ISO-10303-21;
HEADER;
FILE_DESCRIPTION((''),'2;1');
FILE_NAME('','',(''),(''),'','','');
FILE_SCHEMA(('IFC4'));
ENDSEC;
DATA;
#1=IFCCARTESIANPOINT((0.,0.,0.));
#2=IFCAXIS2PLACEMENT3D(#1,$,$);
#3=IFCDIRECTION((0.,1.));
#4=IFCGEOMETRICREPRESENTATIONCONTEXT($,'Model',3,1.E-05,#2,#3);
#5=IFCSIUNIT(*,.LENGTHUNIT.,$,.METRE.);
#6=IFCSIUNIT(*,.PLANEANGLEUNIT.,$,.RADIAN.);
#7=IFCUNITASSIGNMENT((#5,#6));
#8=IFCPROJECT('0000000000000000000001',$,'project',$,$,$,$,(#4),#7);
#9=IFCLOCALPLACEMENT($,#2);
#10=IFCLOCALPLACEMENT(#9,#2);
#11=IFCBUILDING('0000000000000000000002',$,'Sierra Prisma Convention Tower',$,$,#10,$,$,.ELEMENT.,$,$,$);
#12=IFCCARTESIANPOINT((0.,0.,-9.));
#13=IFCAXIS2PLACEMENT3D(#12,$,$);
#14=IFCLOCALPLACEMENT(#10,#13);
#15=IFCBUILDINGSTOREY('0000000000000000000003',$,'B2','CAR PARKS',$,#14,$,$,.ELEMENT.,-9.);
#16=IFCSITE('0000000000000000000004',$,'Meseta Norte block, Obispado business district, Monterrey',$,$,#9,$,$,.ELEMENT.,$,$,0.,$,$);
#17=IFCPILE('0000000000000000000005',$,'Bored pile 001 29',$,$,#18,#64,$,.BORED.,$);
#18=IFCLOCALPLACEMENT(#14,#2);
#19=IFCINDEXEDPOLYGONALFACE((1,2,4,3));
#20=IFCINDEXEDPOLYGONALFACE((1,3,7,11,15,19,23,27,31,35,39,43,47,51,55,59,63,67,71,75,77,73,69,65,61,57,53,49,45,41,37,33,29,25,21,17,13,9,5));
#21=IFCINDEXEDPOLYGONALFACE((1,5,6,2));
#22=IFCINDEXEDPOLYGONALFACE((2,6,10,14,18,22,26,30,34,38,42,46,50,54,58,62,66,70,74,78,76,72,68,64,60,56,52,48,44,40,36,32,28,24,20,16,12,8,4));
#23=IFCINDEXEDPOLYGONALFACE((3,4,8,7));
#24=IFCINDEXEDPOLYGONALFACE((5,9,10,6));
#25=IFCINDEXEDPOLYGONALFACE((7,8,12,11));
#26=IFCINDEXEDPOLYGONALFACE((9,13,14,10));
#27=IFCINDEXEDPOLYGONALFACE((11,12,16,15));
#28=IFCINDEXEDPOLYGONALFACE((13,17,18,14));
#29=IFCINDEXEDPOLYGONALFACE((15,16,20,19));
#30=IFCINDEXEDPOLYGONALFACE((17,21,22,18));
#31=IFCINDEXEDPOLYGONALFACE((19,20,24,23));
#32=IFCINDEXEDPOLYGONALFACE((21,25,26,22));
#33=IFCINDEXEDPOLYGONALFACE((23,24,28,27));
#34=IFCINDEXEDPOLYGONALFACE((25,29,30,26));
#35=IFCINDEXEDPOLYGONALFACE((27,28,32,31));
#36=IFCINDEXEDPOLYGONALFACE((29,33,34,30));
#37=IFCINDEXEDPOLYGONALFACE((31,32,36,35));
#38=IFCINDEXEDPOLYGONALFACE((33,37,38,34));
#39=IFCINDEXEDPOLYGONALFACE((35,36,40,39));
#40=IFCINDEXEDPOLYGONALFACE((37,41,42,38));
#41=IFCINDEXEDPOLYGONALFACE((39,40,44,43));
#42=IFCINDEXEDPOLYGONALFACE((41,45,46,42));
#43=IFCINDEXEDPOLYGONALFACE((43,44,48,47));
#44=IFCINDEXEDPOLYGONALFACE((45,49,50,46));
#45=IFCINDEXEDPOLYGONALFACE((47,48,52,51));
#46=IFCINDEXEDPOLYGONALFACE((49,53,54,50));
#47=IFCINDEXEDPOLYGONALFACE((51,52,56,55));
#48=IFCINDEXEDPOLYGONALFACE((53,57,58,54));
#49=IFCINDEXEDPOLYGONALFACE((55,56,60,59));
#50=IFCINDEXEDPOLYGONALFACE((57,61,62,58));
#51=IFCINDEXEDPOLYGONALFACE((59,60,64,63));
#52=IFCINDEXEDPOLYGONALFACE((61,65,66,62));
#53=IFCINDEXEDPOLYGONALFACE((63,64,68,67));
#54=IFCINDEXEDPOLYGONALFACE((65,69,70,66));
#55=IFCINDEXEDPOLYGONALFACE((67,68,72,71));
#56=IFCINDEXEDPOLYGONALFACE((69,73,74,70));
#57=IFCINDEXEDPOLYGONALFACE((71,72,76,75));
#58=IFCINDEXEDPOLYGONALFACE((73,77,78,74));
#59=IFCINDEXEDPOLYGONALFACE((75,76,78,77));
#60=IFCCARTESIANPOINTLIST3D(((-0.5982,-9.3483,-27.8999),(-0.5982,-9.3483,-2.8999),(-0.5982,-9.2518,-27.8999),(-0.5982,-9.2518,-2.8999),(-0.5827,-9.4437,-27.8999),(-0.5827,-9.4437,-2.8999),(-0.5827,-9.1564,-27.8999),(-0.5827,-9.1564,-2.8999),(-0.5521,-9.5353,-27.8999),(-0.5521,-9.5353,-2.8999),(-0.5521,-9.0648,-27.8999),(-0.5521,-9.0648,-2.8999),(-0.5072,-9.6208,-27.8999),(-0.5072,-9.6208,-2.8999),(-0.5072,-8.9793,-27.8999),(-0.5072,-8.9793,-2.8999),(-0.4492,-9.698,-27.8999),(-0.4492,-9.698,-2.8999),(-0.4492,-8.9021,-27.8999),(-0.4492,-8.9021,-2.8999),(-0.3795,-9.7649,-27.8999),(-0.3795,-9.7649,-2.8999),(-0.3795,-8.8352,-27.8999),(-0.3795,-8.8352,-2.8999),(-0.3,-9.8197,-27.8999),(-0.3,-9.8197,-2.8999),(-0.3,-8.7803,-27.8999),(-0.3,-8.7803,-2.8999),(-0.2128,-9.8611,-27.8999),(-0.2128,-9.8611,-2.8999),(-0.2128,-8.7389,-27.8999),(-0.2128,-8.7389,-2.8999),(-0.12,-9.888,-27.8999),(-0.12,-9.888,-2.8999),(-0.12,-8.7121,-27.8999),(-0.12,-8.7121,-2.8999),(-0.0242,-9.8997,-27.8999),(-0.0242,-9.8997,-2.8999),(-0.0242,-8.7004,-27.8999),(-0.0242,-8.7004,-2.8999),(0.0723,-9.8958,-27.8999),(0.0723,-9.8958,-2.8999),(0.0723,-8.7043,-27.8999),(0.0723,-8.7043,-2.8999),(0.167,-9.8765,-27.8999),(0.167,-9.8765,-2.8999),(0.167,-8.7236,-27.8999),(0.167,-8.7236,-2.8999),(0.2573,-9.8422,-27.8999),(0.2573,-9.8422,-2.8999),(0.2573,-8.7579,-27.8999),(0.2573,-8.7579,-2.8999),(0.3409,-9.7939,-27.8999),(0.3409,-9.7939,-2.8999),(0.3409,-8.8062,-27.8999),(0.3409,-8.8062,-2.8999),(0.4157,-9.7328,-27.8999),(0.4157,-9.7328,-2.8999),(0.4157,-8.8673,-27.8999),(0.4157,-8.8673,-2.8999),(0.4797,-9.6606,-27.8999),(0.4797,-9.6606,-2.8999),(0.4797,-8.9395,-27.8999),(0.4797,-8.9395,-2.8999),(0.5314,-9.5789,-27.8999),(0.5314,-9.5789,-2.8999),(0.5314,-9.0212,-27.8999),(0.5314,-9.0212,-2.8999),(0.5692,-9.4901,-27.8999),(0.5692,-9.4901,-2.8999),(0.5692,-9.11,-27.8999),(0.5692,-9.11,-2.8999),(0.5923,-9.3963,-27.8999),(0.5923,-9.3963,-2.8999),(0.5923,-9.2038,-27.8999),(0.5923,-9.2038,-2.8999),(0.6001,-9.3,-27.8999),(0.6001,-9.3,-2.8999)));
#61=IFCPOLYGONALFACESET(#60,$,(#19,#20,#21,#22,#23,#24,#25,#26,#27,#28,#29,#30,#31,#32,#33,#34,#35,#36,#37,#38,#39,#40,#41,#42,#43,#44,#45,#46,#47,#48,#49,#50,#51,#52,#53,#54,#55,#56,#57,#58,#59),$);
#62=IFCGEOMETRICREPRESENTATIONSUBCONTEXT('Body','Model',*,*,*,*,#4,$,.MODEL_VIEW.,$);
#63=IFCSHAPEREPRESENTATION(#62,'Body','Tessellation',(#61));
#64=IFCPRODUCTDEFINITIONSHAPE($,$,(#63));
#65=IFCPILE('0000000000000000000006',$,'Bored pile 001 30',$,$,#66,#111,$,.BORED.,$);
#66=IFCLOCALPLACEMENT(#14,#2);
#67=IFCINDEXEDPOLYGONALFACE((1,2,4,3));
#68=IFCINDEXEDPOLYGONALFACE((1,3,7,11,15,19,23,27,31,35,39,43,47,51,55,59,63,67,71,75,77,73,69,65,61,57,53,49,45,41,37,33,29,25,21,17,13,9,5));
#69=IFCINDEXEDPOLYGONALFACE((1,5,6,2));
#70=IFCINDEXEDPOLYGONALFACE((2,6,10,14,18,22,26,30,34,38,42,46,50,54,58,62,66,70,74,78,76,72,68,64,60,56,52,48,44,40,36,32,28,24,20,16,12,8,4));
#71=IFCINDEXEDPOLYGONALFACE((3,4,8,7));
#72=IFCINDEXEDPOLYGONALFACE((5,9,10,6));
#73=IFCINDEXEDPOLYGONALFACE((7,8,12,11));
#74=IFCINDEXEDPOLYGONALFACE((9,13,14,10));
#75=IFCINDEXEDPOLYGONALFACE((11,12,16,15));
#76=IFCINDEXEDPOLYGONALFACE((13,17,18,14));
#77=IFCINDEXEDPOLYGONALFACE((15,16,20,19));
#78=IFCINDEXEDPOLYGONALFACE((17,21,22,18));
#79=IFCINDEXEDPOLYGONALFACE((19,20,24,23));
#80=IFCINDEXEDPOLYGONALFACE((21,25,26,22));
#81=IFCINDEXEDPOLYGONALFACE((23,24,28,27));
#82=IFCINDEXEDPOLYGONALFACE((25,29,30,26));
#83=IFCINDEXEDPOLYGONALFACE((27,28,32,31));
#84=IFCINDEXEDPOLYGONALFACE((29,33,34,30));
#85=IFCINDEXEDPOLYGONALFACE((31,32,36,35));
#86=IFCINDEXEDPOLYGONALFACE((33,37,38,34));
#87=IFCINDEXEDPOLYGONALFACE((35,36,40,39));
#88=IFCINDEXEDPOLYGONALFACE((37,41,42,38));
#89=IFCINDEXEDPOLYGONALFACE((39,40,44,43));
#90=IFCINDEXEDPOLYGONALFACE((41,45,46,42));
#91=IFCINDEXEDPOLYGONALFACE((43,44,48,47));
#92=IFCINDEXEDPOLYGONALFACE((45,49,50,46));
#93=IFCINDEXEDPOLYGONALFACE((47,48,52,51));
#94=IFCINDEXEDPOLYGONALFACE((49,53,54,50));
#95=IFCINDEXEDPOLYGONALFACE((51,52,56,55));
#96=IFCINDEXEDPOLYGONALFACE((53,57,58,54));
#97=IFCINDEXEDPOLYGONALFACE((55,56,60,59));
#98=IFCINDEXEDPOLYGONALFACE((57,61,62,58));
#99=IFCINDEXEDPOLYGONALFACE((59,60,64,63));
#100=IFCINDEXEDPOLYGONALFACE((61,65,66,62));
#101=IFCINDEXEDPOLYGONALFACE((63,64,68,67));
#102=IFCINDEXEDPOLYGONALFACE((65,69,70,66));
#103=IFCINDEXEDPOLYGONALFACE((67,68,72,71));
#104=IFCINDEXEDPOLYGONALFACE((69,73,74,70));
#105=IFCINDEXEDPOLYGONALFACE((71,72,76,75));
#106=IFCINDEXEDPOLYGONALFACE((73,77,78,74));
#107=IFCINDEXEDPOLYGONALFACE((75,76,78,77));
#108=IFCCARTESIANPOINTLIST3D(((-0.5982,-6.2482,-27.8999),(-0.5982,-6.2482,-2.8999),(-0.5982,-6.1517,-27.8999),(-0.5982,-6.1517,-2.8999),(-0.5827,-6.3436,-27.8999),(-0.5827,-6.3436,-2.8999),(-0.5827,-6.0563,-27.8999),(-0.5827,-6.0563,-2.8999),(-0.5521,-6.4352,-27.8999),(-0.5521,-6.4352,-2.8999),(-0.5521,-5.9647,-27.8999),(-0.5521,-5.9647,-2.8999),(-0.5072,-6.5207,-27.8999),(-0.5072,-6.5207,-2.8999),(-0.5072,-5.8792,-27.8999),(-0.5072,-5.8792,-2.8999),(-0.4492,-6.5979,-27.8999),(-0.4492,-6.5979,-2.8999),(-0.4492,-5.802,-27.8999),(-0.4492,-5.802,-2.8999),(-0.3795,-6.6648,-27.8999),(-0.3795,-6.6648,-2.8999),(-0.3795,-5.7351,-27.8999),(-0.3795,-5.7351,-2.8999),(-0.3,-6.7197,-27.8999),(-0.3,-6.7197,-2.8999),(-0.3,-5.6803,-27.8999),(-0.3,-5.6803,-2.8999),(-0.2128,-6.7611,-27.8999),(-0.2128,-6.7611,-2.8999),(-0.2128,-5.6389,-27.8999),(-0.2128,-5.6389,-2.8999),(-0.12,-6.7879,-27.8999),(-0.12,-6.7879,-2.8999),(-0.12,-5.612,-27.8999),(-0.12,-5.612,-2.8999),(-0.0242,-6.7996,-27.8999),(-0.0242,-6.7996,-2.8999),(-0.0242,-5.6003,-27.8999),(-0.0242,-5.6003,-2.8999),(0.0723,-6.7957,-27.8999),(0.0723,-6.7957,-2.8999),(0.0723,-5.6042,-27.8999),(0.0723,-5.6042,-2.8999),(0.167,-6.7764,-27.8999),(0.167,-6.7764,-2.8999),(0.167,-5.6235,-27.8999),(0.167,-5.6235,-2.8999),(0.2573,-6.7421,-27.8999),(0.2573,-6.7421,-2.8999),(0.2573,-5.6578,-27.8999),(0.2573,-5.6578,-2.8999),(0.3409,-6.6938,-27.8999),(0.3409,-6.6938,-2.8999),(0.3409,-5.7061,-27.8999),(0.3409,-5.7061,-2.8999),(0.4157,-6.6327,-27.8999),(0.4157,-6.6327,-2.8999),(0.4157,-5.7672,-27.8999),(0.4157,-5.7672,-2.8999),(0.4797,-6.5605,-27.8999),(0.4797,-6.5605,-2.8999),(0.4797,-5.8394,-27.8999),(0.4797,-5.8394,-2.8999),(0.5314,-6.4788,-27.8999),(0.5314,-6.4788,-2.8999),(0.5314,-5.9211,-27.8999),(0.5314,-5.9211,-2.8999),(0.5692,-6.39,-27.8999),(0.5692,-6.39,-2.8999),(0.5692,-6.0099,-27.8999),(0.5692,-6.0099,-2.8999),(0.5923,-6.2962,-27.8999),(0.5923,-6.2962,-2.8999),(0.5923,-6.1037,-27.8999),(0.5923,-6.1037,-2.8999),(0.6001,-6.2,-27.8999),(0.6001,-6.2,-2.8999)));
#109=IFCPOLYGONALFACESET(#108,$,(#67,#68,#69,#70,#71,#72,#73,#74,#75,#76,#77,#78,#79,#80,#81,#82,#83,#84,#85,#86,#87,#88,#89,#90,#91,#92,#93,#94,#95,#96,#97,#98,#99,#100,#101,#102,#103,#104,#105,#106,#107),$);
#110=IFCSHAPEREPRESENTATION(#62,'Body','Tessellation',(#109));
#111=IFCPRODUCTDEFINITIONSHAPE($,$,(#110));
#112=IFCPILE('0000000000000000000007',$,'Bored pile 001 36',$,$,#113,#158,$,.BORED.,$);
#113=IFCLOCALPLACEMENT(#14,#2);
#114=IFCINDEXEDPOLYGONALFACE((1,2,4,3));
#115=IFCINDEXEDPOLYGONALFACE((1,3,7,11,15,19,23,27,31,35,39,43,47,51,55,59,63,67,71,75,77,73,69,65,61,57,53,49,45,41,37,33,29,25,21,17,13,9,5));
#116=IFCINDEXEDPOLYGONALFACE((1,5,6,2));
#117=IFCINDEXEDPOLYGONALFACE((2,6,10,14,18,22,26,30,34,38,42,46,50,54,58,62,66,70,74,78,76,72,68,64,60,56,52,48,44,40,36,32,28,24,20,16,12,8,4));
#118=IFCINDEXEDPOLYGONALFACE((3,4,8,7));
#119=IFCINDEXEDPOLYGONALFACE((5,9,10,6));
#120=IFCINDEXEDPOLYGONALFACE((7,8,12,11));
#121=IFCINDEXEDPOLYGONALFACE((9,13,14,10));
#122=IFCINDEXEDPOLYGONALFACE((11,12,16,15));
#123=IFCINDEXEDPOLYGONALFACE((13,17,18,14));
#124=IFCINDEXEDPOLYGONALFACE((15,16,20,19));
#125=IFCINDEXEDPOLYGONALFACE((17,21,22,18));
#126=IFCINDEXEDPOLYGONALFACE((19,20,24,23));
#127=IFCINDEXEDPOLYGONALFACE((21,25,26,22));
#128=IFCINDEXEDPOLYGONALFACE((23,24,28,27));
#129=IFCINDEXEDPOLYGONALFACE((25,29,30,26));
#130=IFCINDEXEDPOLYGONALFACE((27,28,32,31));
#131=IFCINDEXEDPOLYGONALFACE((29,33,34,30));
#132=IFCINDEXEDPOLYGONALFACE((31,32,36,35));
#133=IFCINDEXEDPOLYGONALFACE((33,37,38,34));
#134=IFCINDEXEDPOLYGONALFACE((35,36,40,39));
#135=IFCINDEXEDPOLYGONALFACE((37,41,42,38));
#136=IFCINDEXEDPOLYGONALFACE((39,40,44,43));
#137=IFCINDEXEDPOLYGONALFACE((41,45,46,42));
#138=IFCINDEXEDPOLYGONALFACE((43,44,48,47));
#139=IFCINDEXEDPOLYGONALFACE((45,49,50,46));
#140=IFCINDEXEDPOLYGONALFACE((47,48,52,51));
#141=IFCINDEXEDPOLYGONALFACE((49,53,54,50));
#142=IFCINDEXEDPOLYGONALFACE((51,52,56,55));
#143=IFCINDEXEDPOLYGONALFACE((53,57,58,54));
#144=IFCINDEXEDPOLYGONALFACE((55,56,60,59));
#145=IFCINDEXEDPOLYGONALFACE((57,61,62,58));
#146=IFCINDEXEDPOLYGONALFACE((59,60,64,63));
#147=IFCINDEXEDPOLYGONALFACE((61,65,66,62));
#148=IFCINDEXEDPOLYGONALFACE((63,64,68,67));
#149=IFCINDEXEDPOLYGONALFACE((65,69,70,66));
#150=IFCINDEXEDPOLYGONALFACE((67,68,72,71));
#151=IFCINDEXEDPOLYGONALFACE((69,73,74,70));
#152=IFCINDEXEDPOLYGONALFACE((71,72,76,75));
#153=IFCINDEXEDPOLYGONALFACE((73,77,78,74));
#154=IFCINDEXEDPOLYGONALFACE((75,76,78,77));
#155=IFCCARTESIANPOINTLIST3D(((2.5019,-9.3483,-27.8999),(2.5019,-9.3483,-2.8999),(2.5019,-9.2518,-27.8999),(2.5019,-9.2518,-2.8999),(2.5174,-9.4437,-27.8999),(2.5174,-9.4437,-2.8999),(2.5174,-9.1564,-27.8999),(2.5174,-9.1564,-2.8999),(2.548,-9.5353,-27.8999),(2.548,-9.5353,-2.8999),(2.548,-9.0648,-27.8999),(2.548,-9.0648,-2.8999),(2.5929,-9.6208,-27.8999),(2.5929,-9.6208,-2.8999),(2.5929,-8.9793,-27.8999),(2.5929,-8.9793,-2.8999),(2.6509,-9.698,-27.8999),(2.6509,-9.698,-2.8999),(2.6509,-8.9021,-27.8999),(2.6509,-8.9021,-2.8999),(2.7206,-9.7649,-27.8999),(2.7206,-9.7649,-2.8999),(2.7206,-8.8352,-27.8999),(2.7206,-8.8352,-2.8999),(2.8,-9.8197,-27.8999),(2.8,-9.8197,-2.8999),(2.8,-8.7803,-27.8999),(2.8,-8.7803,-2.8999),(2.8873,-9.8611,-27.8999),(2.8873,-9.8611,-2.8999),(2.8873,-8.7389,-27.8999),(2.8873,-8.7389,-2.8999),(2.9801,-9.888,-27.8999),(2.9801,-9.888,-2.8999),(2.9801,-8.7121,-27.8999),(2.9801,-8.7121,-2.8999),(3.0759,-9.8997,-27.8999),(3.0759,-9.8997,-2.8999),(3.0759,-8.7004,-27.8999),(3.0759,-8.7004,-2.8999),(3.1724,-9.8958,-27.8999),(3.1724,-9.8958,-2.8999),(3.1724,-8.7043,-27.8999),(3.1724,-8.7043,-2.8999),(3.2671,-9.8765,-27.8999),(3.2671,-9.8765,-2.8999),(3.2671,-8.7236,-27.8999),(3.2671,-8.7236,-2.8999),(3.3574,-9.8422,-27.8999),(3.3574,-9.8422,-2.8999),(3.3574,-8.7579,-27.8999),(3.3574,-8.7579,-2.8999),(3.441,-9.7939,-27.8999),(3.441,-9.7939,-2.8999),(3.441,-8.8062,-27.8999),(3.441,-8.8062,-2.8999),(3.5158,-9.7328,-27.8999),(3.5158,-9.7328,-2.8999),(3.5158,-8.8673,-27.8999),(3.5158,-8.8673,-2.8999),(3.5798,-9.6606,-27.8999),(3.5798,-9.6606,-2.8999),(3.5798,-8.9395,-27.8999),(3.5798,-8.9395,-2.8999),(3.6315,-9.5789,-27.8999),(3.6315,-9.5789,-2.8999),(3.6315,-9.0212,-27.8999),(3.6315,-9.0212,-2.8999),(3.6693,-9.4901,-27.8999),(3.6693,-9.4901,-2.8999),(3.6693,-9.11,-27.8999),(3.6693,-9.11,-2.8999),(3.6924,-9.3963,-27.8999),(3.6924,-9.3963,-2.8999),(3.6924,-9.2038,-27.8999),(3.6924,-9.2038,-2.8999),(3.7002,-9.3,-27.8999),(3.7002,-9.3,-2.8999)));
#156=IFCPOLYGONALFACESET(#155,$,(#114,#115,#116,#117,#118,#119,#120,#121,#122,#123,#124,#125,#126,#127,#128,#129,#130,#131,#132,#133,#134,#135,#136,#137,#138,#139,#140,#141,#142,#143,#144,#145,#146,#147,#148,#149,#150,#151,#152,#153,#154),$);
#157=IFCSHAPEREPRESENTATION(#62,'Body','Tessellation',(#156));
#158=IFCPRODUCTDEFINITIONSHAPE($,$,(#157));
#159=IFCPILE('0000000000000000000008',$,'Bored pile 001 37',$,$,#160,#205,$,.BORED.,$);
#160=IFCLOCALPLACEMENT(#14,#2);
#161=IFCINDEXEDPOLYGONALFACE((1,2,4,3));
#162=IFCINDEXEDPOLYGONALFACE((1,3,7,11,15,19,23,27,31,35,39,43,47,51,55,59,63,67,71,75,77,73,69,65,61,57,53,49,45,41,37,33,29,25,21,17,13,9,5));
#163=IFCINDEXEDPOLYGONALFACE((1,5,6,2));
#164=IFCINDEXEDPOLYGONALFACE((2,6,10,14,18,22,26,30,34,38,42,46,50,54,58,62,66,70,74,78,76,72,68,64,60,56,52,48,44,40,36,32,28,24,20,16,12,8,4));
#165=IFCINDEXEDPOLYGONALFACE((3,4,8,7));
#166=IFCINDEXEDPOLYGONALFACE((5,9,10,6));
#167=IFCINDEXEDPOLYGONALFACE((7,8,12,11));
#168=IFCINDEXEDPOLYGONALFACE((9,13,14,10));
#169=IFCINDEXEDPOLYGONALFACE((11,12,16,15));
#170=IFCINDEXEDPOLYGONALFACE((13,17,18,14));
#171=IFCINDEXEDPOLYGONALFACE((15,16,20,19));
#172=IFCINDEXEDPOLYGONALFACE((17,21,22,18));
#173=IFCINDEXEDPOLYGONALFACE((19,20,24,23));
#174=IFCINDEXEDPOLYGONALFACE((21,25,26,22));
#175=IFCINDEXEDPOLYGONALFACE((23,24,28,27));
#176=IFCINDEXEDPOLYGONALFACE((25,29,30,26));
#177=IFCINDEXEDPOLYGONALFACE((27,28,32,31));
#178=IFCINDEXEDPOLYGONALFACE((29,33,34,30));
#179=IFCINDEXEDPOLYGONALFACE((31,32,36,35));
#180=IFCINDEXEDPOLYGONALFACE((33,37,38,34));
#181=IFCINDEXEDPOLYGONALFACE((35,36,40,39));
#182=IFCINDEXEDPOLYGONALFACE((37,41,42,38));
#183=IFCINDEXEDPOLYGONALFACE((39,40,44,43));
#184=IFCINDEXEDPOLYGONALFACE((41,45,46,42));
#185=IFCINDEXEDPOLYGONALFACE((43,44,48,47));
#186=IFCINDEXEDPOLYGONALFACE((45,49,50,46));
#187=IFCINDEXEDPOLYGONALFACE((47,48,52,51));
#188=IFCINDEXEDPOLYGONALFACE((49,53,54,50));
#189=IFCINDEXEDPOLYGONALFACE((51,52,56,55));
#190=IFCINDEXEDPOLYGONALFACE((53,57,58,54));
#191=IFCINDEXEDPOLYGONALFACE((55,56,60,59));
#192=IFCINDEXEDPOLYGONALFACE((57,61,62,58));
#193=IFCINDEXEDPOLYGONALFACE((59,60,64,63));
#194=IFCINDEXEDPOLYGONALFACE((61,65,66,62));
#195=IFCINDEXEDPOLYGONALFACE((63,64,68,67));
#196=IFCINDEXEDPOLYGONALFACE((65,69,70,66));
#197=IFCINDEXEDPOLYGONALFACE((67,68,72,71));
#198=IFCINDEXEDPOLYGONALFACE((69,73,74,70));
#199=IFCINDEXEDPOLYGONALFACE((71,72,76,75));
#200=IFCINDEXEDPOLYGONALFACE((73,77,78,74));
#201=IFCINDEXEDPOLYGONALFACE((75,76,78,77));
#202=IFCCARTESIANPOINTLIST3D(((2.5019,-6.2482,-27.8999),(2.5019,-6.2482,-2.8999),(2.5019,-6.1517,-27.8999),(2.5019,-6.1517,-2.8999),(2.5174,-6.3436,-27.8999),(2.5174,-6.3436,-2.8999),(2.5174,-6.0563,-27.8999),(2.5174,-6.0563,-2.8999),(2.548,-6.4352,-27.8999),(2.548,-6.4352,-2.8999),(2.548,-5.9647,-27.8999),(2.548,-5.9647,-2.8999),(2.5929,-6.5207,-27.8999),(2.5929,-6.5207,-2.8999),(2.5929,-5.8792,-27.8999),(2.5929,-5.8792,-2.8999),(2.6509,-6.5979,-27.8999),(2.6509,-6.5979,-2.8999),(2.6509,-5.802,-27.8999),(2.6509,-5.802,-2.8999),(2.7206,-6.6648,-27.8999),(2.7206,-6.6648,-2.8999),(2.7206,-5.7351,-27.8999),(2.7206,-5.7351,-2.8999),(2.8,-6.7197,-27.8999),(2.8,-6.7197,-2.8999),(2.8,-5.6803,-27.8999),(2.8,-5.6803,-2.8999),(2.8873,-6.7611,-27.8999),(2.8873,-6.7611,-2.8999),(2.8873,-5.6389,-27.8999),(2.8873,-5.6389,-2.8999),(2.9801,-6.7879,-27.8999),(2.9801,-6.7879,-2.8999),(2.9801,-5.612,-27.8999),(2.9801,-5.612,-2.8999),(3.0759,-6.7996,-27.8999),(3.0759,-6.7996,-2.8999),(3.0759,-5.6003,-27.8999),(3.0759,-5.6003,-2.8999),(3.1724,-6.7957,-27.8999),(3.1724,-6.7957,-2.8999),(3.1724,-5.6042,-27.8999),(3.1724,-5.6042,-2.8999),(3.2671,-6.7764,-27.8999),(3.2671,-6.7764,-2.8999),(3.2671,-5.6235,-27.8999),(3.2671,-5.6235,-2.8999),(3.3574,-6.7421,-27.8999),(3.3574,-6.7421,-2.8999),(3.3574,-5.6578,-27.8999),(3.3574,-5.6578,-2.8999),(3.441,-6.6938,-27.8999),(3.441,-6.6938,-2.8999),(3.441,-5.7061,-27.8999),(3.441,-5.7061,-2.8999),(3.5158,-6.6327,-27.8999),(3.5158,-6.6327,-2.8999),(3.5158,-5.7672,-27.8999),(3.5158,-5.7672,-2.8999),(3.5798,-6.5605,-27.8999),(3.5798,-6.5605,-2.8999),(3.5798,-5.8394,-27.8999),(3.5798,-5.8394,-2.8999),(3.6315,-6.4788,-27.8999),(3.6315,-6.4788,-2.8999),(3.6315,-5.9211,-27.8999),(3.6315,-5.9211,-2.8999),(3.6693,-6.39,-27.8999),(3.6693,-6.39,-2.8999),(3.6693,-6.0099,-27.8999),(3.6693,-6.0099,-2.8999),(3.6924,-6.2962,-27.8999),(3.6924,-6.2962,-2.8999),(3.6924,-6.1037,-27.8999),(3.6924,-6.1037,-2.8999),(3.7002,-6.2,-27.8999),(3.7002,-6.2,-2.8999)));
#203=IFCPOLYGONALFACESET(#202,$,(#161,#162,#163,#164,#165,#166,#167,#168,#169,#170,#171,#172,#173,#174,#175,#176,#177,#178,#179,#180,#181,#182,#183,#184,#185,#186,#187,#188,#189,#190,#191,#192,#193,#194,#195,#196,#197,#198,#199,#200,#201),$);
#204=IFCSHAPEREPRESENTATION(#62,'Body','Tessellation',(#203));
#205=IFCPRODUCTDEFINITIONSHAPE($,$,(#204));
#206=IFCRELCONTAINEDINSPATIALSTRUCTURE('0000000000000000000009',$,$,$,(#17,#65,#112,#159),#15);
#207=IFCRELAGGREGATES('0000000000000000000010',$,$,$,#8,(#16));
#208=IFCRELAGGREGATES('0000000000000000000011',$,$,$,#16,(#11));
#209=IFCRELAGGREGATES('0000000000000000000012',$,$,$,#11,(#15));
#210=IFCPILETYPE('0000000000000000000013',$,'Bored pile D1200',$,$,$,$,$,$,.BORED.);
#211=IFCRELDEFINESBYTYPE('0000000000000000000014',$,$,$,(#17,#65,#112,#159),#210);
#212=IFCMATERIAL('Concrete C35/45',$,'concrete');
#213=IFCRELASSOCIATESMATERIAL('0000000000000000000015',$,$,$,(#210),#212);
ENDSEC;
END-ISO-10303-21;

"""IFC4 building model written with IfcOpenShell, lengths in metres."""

from ifc_helpers import new_model, si_unit, direction, frame, origin, origin_2d, place, context, subcontext, project, spatial, circle, extrude, material, material_profile, profile_set, type_object, element, save


model = new_model("IFC4")

# Units and contexts
model_context = context("Model", 3, precision=1e-05, world=origin(), true_north=direction((0.0, 1.0)))
body_context = subcontext(model_context, "Body", "Model", "MODEL_VIEW")
ifc_project = project(units=[si_unit("LENGTHUNIT", "METRE"), si_unit("PLANEANGLEUNIT", "RADIAN")], contexts=[model_context])

# Site, building, storey
site_placement = place(None, origin())
site = spatial("IfcSite", under=ifc_project, at=site_placement, Name="Meseta Norte block, Obispado business district, Monterrey", CompositionType="ELEMENT", RefElevation=0.0)
building_placement = place(site_placement, origin())
building = spatial("IfcBuilding", under=site, at=building_placement, Name="Sierra Prisma Convention Tower", CompositionType="ELEMENT")
storey_placement = place(building_placement, frame((0.0, 0.0, -9.0)))
storey = spatial("IfcBuildingStorey", under=building, at=storey_placement, Name="B2", Description="CAR PARKS", CompositionType="ELEMENT", Elevation=-9.0)

# Piles
ifc_material_1 = material(Name="Concrete C35/45", Category="concrete")
ifc_material_profile = material_profile(ifc_material_1, circle(Radius=0.6001, at=origin_2d()), Name="D1200")
ifc_profile_set = profile_set([ifc_material_profile], Name="Concrete C35/45")
pile_type = type_object("IfcPileType", Name="Bored pile D1200", PredefinedType="BORED", material=ifc_profile_set)
for number, where, z_axis, x_axis, name in (
    (1, (0.0, -9.3, -2.8999), (0.0, 0.0, -1.0), (1.0, 0.0, 0.0), "Bored pile 001 29"),
    (2, (0.0, -6.2, -2.8999), (0.0, 0.0, -1.0), (1.0, 0.0, 0.0), "Bored pile 001 30"),
    (3, (3.1001, -9.3, -2.8999), (0.0, 0.0, -1.0), (1.0, 0.0, 0.0), "Bored pile 001 36"),
    (4, (3.1001, -6.2, -2.8999), (0.0, 0.0, -1.0), (1.0, 0.0, 0.0), "Bored pile 001 37"),
):
    element("IfcPile", number, at=place(storey_placement, frame(where, z_axis=z_axis, x_axis=x_axis)), inside=storey, type_object=pile_type, Name=name, PredefinedType="BORED", context=body_context, shape_type="SweptSolid", body=[
        extrude(circle(Radius=0.6001, at=origin_2d()), origin(), (0.0, 0.0, 1.0), 25.0),
    ])

save(model, "model.ifc")
